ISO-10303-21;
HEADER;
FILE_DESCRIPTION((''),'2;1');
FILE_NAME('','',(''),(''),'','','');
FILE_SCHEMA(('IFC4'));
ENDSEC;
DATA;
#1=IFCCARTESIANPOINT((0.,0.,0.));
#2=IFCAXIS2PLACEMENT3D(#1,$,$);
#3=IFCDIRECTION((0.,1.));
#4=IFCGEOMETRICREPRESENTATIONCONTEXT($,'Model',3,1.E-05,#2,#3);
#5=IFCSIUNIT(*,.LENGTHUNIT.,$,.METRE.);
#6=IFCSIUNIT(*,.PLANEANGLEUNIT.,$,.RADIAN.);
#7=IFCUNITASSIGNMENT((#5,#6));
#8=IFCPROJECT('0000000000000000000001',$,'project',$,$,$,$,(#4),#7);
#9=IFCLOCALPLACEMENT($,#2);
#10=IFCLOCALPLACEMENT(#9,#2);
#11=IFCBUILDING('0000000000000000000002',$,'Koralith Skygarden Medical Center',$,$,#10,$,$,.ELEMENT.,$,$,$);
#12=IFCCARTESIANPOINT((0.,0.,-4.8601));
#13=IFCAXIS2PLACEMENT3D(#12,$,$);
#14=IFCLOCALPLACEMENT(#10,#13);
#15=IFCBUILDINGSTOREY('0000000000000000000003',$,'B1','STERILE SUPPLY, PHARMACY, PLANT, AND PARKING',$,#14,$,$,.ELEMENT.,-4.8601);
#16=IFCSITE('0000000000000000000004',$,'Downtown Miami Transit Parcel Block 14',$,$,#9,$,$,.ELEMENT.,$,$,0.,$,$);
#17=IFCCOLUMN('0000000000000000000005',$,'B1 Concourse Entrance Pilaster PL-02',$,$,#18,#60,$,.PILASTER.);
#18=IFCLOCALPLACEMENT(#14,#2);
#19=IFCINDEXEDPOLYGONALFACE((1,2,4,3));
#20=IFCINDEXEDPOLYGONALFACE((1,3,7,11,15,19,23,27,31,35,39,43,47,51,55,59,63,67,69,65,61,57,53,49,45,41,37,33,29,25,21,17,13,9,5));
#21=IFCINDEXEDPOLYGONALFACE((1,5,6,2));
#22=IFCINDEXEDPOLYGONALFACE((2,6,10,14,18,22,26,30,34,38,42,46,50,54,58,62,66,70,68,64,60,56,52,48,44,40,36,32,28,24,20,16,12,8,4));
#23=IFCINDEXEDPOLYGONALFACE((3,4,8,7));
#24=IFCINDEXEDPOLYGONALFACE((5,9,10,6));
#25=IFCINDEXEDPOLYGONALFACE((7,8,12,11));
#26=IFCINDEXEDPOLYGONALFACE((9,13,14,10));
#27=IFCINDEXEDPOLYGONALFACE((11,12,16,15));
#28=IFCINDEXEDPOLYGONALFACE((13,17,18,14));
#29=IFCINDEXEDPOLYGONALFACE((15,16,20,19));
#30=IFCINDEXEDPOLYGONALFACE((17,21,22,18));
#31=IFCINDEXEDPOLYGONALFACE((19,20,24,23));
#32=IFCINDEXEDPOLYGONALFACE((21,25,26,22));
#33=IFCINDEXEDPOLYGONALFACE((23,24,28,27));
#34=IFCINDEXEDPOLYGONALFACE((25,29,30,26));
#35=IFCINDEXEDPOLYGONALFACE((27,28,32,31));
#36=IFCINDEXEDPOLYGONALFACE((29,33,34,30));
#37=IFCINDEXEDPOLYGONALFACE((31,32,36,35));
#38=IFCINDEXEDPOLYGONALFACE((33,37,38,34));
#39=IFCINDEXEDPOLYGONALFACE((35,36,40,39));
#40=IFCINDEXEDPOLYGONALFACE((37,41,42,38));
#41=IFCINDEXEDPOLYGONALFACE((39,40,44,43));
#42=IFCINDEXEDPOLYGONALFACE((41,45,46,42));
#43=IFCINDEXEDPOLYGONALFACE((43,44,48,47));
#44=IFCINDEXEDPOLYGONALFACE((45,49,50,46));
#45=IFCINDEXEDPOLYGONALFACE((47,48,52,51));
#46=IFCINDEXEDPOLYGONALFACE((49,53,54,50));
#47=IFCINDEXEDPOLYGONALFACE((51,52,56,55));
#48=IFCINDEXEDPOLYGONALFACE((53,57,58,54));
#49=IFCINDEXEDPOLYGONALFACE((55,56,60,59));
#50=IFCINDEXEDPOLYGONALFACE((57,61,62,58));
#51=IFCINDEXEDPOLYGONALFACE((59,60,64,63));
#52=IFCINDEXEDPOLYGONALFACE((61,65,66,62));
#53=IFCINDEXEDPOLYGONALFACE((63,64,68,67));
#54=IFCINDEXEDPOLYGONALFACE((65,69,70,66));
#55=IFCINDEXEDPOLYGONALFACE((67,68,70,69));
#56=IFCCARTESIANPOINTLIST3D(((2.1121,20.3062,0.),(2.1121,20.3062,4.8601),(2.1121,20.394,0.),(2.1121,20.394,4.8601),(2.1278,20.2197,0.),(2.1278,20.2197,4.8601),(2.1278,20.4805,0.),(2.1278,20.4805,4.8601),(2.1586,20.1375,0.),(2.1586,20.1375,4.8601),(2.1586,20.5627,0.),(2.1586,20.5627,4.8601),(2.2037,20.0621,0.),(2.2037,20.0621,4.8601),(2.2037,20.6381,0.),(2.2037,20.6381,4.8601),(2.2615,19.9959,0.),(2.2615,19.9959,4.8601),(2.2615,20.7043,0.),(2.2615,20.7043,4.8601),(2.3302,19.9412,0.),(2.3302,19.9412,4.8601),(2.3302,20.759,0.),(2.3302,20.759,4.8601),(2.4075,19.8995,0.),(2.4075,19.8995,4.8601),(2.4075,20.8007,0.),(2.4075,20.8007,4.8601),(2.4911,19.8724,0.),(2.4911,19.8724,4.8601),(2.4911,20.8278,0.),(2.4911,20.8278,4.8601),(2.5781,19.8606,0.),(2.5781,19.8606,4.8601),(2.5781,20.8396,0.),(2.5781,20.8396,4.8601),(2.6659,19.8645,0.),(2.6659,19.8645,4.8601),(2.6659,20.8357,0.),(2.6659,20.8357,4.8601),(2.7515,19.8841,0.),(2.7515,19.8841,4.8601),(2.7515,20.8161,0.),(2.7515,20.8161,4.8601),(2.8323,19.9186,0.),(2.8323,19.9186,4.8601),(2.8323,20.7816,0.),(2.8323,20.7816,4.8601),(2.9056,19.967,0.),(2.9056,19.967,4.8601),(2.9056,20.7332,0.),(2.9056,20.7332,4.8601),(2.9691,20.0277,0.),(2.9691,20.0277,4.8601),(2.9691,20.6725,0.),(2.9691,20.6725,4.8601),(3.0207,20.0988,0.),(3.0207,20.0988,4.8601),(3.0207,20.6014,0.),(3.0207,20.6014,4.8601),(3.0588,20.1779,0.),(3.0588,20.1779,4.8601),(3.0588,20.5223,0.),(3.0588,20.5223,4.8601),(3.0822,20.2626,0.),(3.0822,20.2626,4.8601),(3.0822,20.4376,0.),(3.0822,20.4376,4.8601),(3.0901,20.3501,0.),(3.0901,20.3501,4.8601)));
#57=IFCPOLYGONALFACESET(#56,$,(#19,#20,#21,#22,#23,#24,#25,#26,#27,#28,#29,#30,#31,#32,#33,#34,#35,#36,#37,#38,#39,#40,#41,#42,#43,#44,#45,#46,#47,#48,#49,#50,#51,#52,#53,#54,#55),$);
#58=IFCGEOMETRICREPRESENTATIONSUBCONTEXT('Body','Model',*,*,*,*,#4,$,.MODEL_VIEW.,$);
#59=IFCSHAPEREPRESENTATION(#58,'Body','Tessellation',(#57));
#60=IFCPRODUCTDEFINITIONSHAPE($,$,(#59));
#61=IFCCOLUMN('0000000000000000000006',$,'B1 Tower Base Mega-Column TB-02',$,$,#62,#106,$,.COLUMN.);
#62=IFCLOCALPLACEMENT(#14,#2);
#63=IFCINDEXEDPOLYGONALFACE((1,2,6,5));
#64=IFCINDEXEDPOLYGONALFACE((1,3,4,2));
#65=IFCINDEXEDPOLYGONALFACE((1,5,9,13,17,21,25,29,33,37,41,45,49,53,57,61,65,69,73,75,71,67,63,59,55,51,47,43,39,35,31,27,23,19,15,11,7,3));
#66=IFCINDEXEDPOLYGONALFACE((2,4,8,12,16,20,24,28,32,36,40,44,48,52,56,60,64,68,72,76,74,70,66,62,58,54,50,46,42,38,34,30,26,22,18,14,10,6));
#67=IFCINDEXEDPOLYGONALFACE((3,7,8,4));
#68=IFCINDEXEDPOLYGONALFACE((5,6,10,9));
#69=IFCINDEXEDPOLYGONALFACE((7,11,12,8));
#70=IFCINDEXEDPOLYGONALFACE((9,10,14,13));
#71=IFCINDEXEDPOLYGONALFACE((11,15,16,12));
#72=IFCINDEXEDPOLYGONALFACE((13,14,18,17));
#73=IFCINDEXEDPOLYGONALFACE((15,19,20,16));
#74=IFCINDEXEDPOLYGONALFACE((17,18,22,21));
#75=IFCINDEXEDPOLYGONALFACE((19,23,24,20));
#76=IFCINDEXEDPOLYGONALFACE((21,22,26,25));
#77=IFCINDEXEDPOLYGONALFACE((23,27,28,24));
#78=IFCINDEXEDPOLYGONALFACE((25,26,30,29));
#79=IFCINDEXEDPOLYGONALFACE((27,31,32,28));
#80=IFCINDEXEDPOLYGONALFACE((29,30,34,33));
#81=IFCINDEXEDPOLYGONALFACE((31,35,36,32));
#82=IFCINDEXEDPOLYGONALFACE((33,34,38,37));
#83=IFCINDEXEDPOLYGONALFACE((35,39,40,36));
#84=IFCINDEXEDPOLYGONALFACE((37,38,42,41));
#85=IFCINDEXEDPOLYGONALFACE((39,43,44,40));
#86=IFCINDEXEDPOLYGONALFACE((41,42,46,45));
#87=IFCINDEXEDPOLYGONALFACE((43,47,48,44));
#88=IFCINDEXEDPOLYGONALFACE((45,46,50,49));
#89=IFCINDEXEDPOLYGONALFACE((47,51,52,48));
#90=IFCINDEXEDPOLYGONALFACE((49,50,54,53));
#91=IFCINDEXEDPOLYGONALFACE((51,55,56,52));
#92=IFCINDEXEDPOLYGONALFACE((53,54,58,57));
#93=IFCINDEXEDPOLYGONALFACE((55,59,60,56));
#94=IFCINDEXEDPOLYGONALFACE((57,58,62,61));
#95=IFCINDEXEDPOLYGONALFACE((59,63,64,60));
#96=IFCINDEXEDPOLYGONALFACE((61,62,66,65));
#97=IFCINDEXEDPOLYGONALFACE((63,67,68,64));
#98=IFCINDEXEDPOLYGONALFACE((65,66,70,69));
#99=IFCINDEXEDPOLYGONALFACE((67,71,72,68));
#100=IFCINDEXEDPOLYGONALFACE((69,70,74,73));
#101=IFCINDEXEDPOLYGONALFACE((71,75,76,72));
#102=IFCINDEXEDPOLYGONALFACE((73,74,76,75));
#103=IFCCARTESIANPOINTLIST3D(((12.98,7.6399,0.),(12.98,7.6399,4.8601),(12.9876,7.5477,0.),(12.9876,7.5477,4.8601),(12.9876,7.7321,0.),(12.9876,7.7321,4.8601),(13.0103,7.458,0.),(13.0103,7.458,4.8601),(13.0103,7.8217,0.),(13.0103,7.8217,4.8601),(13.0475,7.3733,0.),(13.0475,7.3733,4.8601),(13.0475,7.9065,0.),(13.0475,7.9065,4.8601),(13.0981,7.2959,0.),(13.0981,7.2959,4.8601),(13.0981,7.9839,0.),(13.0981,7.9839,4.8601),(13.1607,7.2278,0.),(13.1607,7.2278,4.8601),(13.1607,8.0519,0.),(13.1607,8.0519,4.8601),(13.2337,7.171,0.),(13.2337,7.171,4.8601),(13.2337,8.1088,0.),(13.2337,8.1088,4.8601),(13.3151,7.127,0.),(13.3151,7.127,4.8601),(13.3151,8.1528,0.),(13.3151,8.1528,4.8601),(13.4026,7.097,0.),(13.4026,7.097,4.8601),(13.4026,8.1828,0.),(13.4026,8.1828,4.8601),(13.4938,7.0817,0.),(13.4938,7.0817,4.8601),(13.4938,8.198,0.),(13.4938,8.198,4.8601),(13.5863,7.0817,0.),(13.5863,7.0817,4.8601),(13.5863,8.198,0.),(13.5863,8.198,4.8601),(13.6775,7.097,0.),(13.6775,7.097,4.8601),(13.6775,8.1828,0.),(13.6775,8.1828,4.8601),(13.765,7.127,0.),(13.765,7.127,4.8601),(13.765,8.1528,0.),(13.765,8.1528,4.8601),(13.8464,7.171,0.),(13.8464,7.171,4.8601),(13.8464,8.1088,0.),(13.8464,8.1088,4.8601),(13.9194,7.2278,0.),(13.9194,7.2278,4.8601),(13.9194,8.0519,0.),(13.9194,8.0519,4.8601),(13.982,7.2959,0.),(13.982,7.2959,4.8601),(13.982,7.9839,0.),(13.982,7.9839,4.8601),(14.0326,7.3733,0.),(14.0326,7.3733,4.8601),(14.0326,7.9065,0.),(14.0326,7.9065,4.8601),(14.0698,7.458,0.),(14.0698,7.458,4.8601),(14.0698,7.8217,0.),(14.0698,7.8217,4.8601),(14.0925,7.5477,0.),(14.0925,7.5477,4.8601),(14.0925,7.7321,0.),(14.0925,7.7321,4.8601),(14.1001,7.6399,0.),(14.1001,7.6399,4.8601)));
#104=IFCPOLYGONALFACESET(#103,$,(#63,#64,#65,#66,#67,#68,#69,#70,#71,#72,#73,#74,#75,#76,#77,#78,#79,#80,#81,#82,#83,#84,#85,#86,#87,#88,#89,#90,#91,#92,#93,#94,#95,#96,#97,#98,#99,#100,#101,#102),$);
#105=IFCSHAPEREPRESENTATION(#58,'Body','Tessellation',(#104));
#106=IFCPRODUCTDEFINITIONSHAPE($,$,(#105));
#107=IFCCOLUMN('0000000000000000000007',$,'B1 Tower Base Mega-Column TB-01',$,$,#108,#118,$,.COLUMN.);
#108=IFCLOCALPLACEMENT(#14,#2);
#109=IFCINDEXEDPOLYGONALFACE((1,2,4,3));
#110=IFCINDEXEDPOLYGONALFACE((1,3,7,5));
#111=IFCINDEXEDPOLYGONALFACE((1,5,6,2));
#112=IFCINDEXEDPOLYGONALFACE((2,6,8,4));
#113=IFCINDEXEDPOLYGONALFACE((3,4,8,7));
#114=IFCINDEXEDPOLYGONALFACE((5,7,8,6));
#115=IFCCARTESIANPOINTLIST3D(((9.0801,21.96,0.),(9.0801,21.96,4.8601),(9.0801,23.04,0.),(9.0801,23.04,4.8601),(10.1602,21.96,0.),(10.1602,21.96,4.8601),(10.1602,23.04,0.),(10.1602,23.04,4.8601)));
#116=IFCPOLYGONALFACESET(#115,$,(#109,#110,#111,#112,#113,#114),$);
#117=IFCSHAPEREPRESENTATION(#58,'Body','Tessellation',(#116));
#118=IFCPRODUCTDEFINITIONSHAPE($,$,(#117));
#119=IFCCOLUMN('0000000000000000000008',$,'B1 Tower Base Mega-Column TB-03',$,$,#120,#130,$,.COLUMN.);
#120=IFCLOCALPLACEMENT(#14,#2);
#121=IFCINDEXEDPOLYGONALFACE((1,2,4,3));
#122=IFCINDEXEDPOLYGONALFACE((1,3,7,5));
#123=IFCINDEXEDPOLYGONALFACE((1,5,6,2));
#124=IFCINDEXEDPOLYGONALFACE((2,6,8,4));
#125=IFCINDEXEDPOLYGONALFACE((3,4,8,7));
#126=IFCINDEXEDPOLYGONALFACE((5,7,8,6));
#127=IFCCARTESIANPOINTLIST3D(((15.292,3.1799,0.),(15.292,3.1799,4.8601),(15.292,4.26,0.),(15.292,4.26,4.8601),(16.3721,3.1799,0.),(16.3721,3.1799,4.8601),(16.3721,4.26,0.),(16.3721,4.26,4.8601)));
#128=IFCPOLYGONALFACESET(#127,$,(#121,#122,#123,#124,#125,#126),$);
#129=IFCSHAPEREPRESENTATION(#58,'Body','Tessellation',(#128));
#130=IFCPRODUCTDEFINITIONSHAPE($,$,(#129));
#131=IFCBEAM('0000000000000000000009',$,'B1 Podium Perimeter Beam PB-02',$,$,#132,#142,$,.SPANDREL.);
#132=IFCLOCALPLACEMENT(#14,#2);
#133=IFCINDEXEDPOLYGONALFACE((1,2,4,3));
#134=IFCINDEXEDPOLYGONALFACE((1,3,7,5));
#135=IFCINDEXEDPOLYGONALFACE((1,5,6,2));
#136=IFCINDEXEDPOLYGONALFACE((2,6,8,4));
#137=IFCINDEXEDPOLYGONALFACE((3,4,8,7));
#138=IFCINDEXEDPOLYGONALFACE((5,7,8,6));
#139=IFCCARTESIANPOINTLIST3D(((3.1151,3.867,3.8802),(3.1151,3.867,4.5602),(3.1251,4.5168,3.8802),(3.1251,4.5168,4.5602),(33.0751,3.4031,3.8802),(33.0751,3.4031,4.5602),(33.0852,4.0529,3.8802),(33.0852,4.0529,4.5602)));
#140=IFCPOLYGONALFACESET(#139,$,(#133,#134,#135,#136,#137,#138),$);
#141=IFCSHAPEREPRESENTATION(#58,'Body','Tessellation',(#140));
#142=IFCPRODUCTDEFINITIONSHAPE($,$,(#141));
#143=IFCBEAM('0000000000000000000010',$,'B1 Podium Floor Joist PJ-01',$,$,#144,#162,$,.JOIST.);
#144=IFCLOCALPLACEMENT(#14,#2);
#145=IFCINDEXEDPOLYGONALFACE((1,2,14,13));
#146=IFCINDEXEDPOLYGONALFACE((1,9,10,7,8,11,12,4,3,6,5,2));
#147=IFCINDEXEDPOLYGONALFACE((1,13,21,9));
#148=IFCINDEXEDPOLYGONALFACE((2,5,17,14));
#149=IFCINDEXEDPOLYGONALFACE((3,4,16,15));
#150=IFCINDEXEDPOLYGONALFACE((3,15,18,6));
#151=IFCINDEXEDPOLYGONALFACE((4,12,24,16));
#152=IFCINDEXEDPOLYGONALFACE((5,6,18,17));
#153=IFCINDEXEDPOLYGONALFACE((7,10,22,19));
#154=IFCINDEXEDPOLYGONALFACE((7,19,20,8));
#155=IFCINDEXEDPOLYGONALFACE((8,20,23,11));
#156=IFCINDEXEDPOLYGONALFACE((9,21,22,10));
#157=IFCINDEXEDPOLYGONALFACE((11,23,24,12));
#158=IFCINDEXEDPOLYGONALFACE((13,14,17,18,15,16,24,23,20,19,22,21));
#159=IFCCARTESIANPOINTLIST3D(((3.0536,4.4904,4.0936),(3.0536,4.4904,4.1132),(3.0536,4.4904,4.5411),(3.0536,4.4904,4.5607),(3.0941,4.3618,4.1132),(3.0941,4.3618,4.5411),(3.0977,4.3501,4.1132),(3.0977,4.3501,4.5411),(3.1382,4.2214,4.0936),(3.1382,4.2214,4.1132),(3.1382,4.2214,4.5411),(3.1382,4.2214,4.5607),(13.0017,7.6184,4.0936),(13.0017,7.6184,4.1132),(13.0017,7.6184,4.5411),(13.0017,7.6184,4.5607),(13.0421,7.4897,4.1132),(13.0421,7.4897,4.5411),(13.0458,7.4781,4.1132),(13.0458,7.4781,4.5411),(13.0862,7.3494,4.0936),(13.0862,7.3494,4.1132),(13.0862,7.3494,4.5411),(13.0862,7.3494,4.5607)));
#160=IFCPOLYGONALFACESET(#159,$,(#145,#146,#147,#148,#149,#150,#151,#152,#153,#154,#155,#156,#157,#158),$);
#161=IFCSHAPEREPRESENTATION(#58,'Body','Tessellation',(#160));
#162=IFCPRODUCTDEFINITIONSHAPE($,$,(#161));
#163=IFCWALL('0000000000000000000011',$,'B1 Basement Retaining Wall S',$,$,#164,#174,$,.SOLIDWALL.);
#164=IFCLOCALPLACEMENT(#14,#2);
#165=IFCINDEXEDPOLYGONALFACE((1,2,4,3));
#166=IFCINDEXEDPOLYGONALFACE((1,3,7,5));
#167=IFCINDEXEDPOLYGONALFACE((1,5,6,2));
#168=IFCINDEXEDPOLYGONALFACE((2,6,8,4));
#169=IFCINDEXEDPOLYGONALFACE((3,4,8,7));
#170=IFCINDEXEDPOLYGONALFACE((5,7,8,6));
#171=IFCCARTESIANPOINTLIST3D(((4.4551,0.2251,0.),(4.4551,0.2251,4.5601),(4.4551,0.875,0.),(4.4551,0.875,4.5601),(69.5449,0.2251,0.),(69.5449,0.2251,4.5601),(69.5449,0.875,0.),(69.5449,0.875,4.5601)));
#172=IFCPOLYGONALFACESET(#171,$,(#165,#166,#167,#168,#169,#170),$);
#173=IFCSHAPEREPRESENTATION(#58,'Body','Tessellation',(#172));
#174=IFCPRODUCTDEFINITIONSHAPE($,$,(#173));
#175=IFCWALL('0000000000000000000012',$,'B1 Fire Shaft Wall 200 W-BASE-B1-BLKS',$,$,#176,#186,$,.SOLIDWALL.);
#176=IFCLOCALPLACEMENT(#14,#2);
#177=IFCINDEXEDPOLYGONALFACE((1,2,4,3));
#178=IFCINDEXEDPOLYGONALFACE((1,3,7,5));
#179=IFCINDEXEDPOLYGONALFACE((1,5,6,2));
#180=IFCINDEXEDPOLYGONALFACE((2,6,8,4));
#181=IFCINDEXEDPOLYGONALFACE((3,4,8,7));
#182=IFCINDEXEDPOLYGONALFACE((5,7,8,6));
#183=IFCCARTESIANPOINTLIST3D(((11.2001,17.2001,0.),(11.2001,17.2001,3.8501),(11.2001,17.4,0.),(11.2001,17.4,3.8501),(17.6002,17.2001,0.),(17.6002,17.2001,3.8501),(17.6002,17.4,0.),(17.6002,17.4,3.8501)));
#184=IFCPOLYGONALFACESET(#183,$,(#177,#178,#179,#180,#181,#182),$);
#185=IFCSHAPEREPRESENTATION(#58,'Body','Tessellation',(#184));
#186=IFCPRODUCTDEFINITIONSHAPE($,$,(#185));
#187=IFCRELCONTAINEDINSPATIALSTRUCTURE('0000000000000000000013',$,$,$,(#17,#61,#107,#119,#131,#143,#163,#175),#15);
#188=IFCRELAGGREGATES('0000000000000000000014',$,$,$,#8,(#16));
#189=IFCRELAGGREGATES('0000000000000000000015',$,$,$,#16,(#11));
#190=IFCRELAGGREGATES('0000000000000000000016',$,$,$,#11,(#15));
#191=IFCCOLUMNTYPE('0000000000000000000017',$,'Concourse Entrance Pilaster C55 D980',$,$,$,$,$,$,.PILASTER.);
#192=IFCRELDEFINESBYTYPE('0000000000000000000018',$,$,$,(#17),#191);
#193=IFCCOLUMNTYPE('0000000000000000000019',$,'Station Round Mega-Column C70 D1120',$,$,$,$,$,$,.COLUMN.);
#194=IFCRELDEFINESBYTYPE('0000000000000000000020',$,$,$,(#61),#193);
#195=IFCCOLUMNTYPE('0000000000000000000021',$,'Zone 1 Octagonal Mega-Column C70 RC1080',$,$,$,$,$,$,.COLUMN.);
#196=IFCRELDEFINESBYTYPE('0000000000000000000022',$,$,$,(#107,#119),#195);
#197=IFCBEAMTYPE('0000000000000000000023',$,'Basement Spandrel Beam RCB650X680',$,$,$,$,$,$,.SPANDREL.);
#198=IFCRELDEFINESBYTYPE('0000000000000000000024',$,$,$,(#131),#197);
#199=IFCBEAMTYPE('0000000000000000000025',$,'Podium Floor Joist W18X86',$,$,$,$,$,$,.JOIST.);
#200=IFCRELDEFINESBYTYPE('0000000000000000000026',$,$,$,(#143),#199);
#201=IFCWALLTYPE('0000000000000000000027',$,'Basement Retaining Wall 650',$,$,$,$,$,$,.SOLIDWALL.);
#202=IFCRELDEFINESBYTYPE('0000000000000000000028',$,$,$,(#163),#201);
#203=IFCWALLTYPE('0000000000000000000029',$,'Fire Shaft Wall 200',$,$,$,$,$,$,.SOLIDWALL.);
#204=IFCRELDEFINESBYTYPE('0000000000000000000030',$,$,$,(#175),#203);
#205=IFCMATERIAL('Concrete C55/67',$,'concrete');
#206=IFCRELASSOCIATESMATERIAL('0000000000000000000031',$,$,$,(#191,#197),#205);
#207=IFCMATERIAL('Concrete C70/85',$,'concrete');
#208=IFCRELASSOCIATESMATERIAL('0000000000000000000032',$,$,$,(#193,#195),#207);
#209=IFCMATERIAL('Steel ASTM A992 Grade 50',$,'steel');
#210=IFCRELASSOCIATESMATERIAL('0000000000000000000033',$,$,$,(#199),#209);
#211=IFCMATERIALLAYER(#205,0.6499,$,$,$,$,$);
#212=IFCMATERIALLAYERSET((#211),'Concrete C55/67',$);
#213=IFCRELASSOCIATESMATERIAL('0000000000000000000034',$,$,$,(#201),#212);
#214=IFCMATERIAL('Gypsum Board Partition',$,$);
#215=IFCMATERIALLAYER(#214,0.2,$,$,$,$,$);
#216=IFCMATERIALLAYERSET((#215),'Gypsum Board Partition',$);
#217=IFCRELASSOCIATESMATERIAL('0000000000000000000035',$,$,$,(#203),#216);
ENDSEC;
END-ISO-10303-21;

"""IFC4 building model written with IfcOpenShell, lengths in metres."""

from ifc_helpers import new_model, si_unit, direction, frame, frame_2d, origin, origin_2d, place, context, subcontext, project, spatial, rectangle, circle, i_section, extrude, material, layer, layer_set, material_profile, profile_set, type_object, element, save


model = new_model("IFC4")

# Units and contexts
model_context = context("Model", 3, precision=1e-05, world=origin(), true_north=direction((0.0, 1.0)))
body_context = subcontext(model_context, "Body", "Model", "MODEL_VIEW")
ifc_project = project(units=[si_unit("LENGTHUNIT", "METRE"), si_unit("PLANEANGLEUNIT", "RADIAN")], contexts=[model_context])

# Site, building, storey
site_placement = place(None, origin())
site = spatial("IfcSite", under=ifc_project, at=site_placement, Name="Downtown Miami Transit Parcel Block 14", CompositionType="ELEMENT", RefElevation=0.0)
building_placement = place(site_placement, origin())
building = spatial("IfcBuilding", under=site, at=building_placement, Name="Koralith Skygarden Medical Center", CompositionType="ELEMENT")
storey_placement = place(building_placement, frame((0.0, 0.0, -4.8601)))
storey = spatial("IfcBuildingStorey", under=building, at=storey_placement, Name="B1", Description="STERILE SUPPLY, PHARMACY, PLANT, AND PARKING", CompositionType="ELEMENT", Elevation=-4.8601)

# Columns
ifc_material_1 = material(Name="Concrete C55/67", Category="concrete")
ifc_material_profile_1 = material_profile(ifc_material_1, circle(Radius=0.49, at=origin_2d()), Name="RCCOL980")
ifc_profile_set_1 = profile_set([ifc_material_profile_1], Name="Concrete C55/67")
column_type_1 = type_object("IfcColumnType", Name="Concourse Entrance Pilaster C55 D980", PredefinedType="PILASTER", material=ifc_profile_set_1)
column_1_placement = place(storey_placement, frame((2.6001, 20.3501, 0.0), z_axis=(0.0, 0.0, 1.0), x_axis=(1.0, 0.0, 0.0)))
element("IfcColumn", 1, at=column_1_placement, inside=storey, type_object=column_type_1, Name="B1 Concourse Entrance Pilaster PL-02", PredefinedType="PILASTER", context=body_context, shape_type="SweptSolid", body=[
    extrude(circle(Radius=0.49, at=origin_2d()), origin(), (0.0, 0.0, 1.0), 4.8601),
])
ifc_material_2 = material(Name="Concrete C70/85", Category="concrete")
ifc_material_profile_2 = material_profile(ifc_material_2, circle(Radius=0.5601, at=origin_2d()), Name="RCCOL1120")
ifc_profile_set_2 = profile_set([ifc_material_profile_2], Name="Concrete C70/85")
column_type_2 = type_object("IfcColumnType", Name="Station Round Mega-Column C70 D1120", PredefinedType="COLUMN", material=ifc_profile_set_2)
column_2_placement = place(storey_placement, frame((13.54, 7.6399, 0.0), z_axis=(0.0, 0.0, 1.0), x_axis=(1.0, 0.0, 0.0)))
element("IfcColumn", 2, at=column_2_placement, inside=storey, type_object=column_type_2, Name="B1 Tower Base Mega-Column TB-02", PredefinedType="COLUMN", context=body_context, shape_type="SweptSolid", body=[
    extrude(circle(Radius=0.5601, at=origin_2d()), origin(), (0.0, 0.0, 1.0), 4.8601),
])
ifc_material_profile_3 = material_profile(ifc_material_2, rectangle(XDim=1.0801, YDim=1.0801, at=origin_2d()), Name="RC1080X1080")
ifc_profile_set_3 = profile_set([ifc_material_profile_3], Name="Concrete C70/85")
column_type_3 = type_object("IfcColumnType", Name="Zone 1 Octagonal Mega-Column C70 RC1080", PredefinedType="COLUMN", material=ifc_profile_set_3)
for number, where, z_axis, x_axis, name in (
    (3, (9.6201, 22.5, 0.0), (0.0, 0.0, 1.0), (1.0, 0.0, 0.0), "B1 Tower Base Mega-Column TB-01"),
    (4, (15.832, 3.72, 0.0), (0.0, 0.0, 1.0), (1.0, 0.0, 0.0), "B1 Tower Base Mega-Column TB-03"),
):
    element("IfcColumn", number, at=place(storey_placement, frame(where, z_axis=z_axis, x_axis=x_axis)), inside=storey, type_object=column_type_3, Name=name, PredefinedType="COLUMN", context=body_context, shape_type="SweptSolid", body=[
        extrude(rectangle(XDim=1.0801, YDim=1.0801, at=origin_2d()), origin(), (0.0, 0.0, 1.0), 4.8601),
    ])

# Beams
ifc_material_profile_4 = material_profile(ifc_material_1, rectangle(XDim=0.6499, YDim=0.6799, at=origin_2d()), Name="RCB650X680")
ifc_profile_set_4 = profile_set([ifc_material_profile_4], Name="Concrete C55/67")
beam_type_1 = type_object("IfcBeamType", Name="Basement Spandrel Beam RCB650X680", PredefinedType="SPANDREL", material=ifc_profile_set_4)
beam_1_placement = place(storey_placement, frame((3.1201, 4.1919, 4.2202), z_axis=(0.99988, -0.015481, 0.0), x_axis=(0.015481, 0.99988, 0.0)))
element("IfcBeam", 5, at=beam_1_placement, inside=storey, type_object=beam_type_1, Name="B1 Podium Perimeter Beam PB-02", PredefinedType="SPANDREL", context=body_context, shape_type="SweptSolid", body=[
    extrude(rectangle(XDim=0.6499, YDim=0.6799, at=origin_2d()), origin(), (0.0, 0.0, 1.0), 29.9636),
])
ifc_material_3 = material(Name="Steel ASTM A992 Grade 50", Category="steel")
ifc_material_profile_5 = material_profile(ifc_material_3, i_section(OverallWidth=0.282, OverallDepth=0.467, WebThickness=0.0122, FlangeThickness=0.0195, at=origin_2d()), Name="W18X86")
ifc_profile_set_5 = profile_set([ifc_material_profile_5], Name="Steel ASTM A992 Grade 50")
beam_type_2 = type_object("IfcBeamType", Name="Podium Floor Joist W18X86", PredefinedType="JOIST", material=ifc_profile_set_5)
beam_2_placement = place(storey_placement, frame((13.0439, 7.4839, 4.3271), z_axis=(-0.953955, -0.29995, 0.0), x_axis=(0.29995, -0.953955, 0.0)))
element("IfcBeam", 6, at=beam_2_placement, inside=storey, type_object=beam_type_2, Name="B1 Podium Floor Joist PJ-01", PredefinedType="JOIST", context=body_context, shape_type="SweptSolid", body=[
    extrude(i_section(OverallWidth=0.282, OverallDepth=0.467, WebThickness=0.0122, FlangeThickness=0.0195, at=origin_2d()), origin(), (0.0, 0.0, 1.0), 10.4282),
])

# Walls
ifc_layer_1 = layer(ifc_material_1, 0.6499)
ifc_layer_set_1 = layer_set([ifc_layer_1], Name="Concrete C55/67")
wall_type_1 = type_object("IfcWallType", Name="Basement Retaining Wall 650", PredefinedType="SOLIDWALL", material=ifc_layer_set_1)
wall_1_placement = place(storey_placement, frame((4.4551, 0.55, 0.0), z_axis=(0.0, 0.0, 1.0), x_axis=(1.0, 0.0, 0.0)))
element("IfcWall", 7, at=wall_1_placement, inside=storey, type_object=wall_type_1, Name="B1 Basement Retaining Wall S", PredefinedType="SOLIDWALL", context=body_context, shape_type="SweptSolid", body=[
    extrude(rectangle(XDim=65.0898, YDim=0.6499, at=frame_2d((32.5449, 0.0))), origin(), (0.0, 0.0, 1.0), 4.5601),
])
ifc_material_4 = material(Name="Gypsum Board Partition")
ifc_layer_2 = layer(ifc_material_4, 0.2)
ifc_layer_set_2 = layer_set([ifc_layer_2], Name="Gypsum Board Partition")
wall_type_2 = type_object("IfcWallType", Name="Fire Shaft Wall 200", PredefinedType="SOLIDWALL", material=ifc_layer_set_2)
wall_2_placement = place(storey_placement, frame((11.2, 17.3, 0.0), z_axis=(0.0, 0.0, 1.0), x_axis=(1.0, 0.0, 0.0)))
element("IfcWall", 8, at=wall_2_placement, inside=storey, type_object=wall_type_2, Name="B1 Fire Shaft Wall 200 W-BASE-B1-BLKS", PredefinedType="SOLIDWALL", context=body_context, shape_type="SweptSolid", body=[
    extrude(rectangle(XDim=6.4001, YDim=0.2, at=frame_2d((3.2002, 0.0))), origin(), (0.0, 0.0, 1.0), 3.8501),
])

save(model, "model.ifc")
